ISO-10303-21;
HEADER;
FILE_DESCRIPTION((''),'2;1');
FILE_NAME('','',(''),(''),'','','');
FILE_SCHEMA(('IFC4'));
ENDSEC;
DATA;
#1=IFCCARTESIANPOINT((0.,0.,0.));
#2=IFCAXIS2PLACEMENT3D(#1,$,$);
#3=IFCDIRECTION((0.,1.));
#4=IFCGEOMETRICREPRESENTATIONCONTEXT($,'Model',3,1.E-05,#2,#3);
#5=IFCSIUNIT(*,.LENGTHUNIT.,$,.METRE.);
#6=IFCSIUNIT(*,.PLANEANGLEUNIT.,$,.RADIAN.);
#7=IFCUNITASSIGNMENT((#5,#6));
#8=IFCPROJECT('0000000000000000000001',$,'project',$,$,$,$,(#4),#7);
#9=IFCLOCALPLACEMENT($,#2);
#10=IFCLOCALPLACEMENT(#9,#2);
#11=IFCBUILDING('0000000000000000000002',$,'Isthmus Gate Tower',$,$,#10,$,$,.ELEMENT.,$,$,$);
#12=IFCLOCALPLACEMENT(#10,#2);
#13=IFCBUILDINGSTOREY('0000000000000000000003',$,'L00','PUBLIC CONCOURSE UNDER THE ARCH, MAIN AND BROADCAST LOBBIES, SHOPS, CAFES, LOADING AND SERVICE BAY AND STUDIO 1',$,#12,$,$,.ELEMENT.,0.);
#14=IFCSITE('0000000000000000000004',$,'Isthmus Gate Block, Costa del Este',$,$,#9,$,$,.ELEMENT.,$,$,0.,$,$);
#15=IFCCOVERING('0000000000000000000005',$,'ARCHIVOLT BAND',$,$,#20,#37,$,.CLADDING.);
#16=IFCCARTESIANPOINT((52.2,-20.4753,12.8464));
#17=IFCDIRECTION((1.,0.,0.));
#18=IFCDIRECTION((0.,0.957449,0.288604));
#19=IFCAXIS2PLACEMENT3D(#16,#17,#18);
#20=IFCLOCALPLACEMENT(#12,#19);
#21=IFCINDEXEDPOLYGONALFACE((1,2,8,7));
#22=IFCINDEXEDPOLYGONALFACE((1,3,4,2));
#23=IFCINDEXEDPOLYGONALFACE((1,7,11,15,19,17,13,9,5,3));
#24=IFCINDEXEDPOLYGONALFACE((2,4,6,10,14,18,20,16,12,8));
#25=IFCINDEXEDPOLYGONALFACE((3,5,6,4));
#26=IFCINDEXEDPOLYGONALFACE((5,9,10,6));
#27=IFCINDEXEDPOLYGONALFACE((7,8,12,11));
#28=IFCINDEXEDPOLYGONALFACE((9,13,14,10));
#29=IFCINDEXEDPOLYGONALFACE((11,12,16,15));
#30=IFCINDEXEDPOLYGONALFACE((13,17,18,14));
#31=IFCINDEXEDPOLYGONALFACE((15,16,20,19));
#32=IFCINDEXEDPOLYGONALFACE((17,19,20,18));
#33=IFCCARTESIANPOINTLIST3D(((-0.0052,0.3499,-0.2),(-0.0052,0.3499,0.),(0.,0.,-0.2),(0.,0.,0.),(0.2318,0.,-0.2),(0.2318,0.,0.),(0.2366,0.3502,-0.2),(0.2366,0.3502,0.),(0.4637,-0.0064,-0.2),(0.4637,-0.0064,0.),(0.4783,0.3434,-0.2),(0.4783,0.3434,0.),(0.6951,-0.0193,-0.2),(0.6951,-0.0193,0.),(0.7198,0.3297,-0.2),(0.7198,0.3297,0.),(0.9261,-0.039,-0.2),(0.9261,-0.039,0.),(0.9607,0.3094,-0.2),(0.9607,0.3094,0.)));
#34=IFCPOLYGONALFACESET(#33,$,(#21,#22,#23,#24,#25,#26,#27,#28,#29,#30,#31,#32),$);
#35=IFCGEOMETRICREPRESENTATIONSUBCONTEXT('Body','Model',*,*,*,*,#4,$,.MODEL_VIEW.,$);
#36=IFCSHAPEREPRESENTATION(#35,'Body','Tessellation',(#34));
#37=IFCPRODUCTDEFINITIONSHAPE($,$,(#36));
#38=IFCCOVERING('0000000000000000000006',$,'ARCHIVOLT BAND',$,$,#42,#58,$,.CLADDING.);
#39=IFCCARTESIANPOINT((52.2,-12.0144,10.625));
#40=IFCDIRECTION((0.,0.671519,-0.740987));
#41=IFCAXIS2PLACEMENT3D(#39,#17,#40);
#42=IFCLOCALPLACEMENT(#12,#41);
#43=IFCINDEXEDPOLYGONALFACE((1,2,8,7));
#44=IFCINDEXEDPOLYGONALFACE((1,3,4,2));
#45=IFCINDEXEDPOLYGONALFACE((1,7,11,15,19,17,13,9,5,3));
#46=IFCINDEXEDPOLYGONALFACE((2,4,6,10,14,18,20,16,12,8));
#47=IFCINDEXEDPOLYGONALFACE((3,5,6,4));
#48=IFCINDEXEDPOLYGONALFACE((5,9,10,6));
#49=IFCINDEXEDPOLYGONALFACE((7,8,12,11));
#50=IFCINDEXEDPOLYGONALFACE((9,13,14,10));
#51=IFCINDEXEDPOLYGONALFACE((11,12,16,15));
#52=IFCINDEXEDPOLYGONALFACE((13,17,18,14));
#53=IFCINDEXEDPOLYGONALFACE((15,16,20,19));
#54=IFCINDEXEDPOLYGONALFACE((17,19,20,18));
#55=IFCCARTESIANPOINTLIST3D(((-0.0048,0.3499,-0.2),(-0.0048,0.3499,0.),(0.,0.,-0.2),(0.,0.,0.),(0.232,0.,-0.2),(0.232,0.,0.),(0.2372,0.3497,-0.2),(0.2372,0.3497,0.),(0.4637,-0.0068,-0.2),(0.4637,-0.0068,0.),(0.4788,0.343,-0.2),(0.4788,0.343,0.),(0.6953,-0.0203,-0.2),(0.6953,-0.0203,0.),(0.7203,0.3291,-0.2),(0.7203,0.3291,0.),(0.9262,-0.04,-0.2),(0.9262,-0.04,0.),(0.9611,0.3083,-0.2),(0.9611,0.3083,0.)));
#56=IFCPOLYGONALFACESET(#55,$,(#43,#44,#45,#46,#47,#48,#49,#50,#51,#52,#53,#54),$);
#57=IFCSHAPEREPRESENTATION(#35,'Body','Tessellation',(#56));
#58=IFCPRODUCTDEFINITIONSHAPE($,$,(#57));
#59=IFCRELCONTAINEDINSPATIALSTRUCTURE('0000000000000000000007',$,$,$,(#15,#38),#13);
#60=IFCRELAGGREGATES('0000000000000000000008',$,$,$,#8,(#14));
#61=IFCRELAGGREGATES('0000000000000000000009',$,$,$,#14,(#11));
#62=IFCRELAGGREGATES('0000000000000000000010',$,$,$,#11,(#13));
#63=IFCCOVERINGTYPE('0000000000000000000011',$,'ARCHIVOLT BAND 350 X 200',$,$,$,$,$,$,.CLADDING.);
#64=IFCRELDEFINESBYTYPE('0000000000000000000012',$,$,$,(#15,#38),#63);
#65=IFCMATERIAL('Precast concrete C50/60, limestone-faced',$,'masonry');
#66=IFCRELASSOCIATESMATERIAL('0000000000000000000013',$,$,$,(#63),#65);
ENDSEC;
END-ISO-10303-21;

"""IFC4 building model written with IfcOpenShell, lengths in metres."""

from ifc_helpers import new_model, si_unit, direction, frame, origin, place, context, subcontext, project, spatial, polyline, outline, extrude, material, type_object, element, save


model = new_model("IFC4")

# Units and contexts
model_context = context("Model", 3, precision=1e-05, world=origin(), true_north=direction((0.0, 1.0)))
body_context = subcontext(model_context, "Body", "Model", "MODEL_VIEW")
ifc_project = project(units=[si_unit("LENGTHUNIT", "METRE"), si_unit("PLANEANGLEUNIT", "RADIAN")], contexts=[model_context])

# Site, building, storey
site_placement = place(None, origin())
site = spatial("IfcSite", under=ifc_project, at=site_placement, Name="Isthmus Gate Block, Costa del Este", CompositionType="ELEMENT", RefElevation=0.0)
building_placement = place(site_placement, origin())
building = spatial("IfcBuilding", under=site, at=building_placement, Name="Isthmus Gate Tower", CompositionType="ELEMENT")
storey_placement = place(building_placement, origin())
storey = spatial("IfcBuildingStorey", under=building, at=storey_placement, Name="L00", Description="PUBLIC CONCOURSE UNDER THE ARCH, MAIN AND BROADCAST LOBBIES, SHOPS, CAFES, LOADING AND SERVICE BAY AND STUDIO 1", CompositionType="ELEMENT", Elevation=0.0)

# Coverings
ifc_material_1 = material(Name="Precast concrete C50/60, limestone-faced", Category="masonry")
covering_type_1 = type_object("IfcCoveringType", Name="ARCHIVOLT BAND 350 X 200", PredefinedType="CLADDING", material=ifc_material_1)
covering_1_placement = place(storey_placement, frame((52.2, -20.4753, 12.8464), z_axis=(1.0, 0.0, 0.0), x_axis=(0.0, 0.957449, 0.288604)))
element("IfcCovering", 1, at=covering_1_placement, inside=storey, type_object=covering_type_1, Name="ARCHIVOLT BAND", PredefinedType="CLADDING", context=body_context, shape_type="SweptSolid", body=[
    extrude(outline(polyline([(0.0, 0.0), (0.2318, 0.0), (0.4637, -0.0064), (0.6951, -0.0193), (0.9261, -0.039), (0.9607, 0.3094), (0.7198, 0.3297), (0.4783, 0.3434), (0.2366, 0.3502), (-0.0052, 0.3499), (0.0, 0.0)])), origin(), (0.0, 0.0, -1.0), 0.2),
])
covering_2_placement = place(storey_placement, frame((52.2, -12.0144, 10.625), z_axis=(1.0, 0.0, 0.0), x_axis=(0.0, 0.671519, -0.740987)))
element("IfcCovering", 2, at=covering_2_placement, inside=storey, type_object=covering_type_1, Name="ARCHIVOLT BAND", PredefinedType="CLADDING", context=body_context, shape_type="SweptSolid", body=[
    extrude(outline(polyline([(0.0, 0.0), (0.232, 0.0), (0.4637, -0.0068), (0.6953, -0.0203), (0.9262, -0.04), (0.9611, 0.3083), (0.7203, 0.3291), (0.4788, 0.343), (0.2372, 0.3497), (-0.0048, 0.3499), (0.0, 0.0)])), origin(), (0.0, 0.0, -1.0), 0.2),
])

save(model, "model.ifc")
